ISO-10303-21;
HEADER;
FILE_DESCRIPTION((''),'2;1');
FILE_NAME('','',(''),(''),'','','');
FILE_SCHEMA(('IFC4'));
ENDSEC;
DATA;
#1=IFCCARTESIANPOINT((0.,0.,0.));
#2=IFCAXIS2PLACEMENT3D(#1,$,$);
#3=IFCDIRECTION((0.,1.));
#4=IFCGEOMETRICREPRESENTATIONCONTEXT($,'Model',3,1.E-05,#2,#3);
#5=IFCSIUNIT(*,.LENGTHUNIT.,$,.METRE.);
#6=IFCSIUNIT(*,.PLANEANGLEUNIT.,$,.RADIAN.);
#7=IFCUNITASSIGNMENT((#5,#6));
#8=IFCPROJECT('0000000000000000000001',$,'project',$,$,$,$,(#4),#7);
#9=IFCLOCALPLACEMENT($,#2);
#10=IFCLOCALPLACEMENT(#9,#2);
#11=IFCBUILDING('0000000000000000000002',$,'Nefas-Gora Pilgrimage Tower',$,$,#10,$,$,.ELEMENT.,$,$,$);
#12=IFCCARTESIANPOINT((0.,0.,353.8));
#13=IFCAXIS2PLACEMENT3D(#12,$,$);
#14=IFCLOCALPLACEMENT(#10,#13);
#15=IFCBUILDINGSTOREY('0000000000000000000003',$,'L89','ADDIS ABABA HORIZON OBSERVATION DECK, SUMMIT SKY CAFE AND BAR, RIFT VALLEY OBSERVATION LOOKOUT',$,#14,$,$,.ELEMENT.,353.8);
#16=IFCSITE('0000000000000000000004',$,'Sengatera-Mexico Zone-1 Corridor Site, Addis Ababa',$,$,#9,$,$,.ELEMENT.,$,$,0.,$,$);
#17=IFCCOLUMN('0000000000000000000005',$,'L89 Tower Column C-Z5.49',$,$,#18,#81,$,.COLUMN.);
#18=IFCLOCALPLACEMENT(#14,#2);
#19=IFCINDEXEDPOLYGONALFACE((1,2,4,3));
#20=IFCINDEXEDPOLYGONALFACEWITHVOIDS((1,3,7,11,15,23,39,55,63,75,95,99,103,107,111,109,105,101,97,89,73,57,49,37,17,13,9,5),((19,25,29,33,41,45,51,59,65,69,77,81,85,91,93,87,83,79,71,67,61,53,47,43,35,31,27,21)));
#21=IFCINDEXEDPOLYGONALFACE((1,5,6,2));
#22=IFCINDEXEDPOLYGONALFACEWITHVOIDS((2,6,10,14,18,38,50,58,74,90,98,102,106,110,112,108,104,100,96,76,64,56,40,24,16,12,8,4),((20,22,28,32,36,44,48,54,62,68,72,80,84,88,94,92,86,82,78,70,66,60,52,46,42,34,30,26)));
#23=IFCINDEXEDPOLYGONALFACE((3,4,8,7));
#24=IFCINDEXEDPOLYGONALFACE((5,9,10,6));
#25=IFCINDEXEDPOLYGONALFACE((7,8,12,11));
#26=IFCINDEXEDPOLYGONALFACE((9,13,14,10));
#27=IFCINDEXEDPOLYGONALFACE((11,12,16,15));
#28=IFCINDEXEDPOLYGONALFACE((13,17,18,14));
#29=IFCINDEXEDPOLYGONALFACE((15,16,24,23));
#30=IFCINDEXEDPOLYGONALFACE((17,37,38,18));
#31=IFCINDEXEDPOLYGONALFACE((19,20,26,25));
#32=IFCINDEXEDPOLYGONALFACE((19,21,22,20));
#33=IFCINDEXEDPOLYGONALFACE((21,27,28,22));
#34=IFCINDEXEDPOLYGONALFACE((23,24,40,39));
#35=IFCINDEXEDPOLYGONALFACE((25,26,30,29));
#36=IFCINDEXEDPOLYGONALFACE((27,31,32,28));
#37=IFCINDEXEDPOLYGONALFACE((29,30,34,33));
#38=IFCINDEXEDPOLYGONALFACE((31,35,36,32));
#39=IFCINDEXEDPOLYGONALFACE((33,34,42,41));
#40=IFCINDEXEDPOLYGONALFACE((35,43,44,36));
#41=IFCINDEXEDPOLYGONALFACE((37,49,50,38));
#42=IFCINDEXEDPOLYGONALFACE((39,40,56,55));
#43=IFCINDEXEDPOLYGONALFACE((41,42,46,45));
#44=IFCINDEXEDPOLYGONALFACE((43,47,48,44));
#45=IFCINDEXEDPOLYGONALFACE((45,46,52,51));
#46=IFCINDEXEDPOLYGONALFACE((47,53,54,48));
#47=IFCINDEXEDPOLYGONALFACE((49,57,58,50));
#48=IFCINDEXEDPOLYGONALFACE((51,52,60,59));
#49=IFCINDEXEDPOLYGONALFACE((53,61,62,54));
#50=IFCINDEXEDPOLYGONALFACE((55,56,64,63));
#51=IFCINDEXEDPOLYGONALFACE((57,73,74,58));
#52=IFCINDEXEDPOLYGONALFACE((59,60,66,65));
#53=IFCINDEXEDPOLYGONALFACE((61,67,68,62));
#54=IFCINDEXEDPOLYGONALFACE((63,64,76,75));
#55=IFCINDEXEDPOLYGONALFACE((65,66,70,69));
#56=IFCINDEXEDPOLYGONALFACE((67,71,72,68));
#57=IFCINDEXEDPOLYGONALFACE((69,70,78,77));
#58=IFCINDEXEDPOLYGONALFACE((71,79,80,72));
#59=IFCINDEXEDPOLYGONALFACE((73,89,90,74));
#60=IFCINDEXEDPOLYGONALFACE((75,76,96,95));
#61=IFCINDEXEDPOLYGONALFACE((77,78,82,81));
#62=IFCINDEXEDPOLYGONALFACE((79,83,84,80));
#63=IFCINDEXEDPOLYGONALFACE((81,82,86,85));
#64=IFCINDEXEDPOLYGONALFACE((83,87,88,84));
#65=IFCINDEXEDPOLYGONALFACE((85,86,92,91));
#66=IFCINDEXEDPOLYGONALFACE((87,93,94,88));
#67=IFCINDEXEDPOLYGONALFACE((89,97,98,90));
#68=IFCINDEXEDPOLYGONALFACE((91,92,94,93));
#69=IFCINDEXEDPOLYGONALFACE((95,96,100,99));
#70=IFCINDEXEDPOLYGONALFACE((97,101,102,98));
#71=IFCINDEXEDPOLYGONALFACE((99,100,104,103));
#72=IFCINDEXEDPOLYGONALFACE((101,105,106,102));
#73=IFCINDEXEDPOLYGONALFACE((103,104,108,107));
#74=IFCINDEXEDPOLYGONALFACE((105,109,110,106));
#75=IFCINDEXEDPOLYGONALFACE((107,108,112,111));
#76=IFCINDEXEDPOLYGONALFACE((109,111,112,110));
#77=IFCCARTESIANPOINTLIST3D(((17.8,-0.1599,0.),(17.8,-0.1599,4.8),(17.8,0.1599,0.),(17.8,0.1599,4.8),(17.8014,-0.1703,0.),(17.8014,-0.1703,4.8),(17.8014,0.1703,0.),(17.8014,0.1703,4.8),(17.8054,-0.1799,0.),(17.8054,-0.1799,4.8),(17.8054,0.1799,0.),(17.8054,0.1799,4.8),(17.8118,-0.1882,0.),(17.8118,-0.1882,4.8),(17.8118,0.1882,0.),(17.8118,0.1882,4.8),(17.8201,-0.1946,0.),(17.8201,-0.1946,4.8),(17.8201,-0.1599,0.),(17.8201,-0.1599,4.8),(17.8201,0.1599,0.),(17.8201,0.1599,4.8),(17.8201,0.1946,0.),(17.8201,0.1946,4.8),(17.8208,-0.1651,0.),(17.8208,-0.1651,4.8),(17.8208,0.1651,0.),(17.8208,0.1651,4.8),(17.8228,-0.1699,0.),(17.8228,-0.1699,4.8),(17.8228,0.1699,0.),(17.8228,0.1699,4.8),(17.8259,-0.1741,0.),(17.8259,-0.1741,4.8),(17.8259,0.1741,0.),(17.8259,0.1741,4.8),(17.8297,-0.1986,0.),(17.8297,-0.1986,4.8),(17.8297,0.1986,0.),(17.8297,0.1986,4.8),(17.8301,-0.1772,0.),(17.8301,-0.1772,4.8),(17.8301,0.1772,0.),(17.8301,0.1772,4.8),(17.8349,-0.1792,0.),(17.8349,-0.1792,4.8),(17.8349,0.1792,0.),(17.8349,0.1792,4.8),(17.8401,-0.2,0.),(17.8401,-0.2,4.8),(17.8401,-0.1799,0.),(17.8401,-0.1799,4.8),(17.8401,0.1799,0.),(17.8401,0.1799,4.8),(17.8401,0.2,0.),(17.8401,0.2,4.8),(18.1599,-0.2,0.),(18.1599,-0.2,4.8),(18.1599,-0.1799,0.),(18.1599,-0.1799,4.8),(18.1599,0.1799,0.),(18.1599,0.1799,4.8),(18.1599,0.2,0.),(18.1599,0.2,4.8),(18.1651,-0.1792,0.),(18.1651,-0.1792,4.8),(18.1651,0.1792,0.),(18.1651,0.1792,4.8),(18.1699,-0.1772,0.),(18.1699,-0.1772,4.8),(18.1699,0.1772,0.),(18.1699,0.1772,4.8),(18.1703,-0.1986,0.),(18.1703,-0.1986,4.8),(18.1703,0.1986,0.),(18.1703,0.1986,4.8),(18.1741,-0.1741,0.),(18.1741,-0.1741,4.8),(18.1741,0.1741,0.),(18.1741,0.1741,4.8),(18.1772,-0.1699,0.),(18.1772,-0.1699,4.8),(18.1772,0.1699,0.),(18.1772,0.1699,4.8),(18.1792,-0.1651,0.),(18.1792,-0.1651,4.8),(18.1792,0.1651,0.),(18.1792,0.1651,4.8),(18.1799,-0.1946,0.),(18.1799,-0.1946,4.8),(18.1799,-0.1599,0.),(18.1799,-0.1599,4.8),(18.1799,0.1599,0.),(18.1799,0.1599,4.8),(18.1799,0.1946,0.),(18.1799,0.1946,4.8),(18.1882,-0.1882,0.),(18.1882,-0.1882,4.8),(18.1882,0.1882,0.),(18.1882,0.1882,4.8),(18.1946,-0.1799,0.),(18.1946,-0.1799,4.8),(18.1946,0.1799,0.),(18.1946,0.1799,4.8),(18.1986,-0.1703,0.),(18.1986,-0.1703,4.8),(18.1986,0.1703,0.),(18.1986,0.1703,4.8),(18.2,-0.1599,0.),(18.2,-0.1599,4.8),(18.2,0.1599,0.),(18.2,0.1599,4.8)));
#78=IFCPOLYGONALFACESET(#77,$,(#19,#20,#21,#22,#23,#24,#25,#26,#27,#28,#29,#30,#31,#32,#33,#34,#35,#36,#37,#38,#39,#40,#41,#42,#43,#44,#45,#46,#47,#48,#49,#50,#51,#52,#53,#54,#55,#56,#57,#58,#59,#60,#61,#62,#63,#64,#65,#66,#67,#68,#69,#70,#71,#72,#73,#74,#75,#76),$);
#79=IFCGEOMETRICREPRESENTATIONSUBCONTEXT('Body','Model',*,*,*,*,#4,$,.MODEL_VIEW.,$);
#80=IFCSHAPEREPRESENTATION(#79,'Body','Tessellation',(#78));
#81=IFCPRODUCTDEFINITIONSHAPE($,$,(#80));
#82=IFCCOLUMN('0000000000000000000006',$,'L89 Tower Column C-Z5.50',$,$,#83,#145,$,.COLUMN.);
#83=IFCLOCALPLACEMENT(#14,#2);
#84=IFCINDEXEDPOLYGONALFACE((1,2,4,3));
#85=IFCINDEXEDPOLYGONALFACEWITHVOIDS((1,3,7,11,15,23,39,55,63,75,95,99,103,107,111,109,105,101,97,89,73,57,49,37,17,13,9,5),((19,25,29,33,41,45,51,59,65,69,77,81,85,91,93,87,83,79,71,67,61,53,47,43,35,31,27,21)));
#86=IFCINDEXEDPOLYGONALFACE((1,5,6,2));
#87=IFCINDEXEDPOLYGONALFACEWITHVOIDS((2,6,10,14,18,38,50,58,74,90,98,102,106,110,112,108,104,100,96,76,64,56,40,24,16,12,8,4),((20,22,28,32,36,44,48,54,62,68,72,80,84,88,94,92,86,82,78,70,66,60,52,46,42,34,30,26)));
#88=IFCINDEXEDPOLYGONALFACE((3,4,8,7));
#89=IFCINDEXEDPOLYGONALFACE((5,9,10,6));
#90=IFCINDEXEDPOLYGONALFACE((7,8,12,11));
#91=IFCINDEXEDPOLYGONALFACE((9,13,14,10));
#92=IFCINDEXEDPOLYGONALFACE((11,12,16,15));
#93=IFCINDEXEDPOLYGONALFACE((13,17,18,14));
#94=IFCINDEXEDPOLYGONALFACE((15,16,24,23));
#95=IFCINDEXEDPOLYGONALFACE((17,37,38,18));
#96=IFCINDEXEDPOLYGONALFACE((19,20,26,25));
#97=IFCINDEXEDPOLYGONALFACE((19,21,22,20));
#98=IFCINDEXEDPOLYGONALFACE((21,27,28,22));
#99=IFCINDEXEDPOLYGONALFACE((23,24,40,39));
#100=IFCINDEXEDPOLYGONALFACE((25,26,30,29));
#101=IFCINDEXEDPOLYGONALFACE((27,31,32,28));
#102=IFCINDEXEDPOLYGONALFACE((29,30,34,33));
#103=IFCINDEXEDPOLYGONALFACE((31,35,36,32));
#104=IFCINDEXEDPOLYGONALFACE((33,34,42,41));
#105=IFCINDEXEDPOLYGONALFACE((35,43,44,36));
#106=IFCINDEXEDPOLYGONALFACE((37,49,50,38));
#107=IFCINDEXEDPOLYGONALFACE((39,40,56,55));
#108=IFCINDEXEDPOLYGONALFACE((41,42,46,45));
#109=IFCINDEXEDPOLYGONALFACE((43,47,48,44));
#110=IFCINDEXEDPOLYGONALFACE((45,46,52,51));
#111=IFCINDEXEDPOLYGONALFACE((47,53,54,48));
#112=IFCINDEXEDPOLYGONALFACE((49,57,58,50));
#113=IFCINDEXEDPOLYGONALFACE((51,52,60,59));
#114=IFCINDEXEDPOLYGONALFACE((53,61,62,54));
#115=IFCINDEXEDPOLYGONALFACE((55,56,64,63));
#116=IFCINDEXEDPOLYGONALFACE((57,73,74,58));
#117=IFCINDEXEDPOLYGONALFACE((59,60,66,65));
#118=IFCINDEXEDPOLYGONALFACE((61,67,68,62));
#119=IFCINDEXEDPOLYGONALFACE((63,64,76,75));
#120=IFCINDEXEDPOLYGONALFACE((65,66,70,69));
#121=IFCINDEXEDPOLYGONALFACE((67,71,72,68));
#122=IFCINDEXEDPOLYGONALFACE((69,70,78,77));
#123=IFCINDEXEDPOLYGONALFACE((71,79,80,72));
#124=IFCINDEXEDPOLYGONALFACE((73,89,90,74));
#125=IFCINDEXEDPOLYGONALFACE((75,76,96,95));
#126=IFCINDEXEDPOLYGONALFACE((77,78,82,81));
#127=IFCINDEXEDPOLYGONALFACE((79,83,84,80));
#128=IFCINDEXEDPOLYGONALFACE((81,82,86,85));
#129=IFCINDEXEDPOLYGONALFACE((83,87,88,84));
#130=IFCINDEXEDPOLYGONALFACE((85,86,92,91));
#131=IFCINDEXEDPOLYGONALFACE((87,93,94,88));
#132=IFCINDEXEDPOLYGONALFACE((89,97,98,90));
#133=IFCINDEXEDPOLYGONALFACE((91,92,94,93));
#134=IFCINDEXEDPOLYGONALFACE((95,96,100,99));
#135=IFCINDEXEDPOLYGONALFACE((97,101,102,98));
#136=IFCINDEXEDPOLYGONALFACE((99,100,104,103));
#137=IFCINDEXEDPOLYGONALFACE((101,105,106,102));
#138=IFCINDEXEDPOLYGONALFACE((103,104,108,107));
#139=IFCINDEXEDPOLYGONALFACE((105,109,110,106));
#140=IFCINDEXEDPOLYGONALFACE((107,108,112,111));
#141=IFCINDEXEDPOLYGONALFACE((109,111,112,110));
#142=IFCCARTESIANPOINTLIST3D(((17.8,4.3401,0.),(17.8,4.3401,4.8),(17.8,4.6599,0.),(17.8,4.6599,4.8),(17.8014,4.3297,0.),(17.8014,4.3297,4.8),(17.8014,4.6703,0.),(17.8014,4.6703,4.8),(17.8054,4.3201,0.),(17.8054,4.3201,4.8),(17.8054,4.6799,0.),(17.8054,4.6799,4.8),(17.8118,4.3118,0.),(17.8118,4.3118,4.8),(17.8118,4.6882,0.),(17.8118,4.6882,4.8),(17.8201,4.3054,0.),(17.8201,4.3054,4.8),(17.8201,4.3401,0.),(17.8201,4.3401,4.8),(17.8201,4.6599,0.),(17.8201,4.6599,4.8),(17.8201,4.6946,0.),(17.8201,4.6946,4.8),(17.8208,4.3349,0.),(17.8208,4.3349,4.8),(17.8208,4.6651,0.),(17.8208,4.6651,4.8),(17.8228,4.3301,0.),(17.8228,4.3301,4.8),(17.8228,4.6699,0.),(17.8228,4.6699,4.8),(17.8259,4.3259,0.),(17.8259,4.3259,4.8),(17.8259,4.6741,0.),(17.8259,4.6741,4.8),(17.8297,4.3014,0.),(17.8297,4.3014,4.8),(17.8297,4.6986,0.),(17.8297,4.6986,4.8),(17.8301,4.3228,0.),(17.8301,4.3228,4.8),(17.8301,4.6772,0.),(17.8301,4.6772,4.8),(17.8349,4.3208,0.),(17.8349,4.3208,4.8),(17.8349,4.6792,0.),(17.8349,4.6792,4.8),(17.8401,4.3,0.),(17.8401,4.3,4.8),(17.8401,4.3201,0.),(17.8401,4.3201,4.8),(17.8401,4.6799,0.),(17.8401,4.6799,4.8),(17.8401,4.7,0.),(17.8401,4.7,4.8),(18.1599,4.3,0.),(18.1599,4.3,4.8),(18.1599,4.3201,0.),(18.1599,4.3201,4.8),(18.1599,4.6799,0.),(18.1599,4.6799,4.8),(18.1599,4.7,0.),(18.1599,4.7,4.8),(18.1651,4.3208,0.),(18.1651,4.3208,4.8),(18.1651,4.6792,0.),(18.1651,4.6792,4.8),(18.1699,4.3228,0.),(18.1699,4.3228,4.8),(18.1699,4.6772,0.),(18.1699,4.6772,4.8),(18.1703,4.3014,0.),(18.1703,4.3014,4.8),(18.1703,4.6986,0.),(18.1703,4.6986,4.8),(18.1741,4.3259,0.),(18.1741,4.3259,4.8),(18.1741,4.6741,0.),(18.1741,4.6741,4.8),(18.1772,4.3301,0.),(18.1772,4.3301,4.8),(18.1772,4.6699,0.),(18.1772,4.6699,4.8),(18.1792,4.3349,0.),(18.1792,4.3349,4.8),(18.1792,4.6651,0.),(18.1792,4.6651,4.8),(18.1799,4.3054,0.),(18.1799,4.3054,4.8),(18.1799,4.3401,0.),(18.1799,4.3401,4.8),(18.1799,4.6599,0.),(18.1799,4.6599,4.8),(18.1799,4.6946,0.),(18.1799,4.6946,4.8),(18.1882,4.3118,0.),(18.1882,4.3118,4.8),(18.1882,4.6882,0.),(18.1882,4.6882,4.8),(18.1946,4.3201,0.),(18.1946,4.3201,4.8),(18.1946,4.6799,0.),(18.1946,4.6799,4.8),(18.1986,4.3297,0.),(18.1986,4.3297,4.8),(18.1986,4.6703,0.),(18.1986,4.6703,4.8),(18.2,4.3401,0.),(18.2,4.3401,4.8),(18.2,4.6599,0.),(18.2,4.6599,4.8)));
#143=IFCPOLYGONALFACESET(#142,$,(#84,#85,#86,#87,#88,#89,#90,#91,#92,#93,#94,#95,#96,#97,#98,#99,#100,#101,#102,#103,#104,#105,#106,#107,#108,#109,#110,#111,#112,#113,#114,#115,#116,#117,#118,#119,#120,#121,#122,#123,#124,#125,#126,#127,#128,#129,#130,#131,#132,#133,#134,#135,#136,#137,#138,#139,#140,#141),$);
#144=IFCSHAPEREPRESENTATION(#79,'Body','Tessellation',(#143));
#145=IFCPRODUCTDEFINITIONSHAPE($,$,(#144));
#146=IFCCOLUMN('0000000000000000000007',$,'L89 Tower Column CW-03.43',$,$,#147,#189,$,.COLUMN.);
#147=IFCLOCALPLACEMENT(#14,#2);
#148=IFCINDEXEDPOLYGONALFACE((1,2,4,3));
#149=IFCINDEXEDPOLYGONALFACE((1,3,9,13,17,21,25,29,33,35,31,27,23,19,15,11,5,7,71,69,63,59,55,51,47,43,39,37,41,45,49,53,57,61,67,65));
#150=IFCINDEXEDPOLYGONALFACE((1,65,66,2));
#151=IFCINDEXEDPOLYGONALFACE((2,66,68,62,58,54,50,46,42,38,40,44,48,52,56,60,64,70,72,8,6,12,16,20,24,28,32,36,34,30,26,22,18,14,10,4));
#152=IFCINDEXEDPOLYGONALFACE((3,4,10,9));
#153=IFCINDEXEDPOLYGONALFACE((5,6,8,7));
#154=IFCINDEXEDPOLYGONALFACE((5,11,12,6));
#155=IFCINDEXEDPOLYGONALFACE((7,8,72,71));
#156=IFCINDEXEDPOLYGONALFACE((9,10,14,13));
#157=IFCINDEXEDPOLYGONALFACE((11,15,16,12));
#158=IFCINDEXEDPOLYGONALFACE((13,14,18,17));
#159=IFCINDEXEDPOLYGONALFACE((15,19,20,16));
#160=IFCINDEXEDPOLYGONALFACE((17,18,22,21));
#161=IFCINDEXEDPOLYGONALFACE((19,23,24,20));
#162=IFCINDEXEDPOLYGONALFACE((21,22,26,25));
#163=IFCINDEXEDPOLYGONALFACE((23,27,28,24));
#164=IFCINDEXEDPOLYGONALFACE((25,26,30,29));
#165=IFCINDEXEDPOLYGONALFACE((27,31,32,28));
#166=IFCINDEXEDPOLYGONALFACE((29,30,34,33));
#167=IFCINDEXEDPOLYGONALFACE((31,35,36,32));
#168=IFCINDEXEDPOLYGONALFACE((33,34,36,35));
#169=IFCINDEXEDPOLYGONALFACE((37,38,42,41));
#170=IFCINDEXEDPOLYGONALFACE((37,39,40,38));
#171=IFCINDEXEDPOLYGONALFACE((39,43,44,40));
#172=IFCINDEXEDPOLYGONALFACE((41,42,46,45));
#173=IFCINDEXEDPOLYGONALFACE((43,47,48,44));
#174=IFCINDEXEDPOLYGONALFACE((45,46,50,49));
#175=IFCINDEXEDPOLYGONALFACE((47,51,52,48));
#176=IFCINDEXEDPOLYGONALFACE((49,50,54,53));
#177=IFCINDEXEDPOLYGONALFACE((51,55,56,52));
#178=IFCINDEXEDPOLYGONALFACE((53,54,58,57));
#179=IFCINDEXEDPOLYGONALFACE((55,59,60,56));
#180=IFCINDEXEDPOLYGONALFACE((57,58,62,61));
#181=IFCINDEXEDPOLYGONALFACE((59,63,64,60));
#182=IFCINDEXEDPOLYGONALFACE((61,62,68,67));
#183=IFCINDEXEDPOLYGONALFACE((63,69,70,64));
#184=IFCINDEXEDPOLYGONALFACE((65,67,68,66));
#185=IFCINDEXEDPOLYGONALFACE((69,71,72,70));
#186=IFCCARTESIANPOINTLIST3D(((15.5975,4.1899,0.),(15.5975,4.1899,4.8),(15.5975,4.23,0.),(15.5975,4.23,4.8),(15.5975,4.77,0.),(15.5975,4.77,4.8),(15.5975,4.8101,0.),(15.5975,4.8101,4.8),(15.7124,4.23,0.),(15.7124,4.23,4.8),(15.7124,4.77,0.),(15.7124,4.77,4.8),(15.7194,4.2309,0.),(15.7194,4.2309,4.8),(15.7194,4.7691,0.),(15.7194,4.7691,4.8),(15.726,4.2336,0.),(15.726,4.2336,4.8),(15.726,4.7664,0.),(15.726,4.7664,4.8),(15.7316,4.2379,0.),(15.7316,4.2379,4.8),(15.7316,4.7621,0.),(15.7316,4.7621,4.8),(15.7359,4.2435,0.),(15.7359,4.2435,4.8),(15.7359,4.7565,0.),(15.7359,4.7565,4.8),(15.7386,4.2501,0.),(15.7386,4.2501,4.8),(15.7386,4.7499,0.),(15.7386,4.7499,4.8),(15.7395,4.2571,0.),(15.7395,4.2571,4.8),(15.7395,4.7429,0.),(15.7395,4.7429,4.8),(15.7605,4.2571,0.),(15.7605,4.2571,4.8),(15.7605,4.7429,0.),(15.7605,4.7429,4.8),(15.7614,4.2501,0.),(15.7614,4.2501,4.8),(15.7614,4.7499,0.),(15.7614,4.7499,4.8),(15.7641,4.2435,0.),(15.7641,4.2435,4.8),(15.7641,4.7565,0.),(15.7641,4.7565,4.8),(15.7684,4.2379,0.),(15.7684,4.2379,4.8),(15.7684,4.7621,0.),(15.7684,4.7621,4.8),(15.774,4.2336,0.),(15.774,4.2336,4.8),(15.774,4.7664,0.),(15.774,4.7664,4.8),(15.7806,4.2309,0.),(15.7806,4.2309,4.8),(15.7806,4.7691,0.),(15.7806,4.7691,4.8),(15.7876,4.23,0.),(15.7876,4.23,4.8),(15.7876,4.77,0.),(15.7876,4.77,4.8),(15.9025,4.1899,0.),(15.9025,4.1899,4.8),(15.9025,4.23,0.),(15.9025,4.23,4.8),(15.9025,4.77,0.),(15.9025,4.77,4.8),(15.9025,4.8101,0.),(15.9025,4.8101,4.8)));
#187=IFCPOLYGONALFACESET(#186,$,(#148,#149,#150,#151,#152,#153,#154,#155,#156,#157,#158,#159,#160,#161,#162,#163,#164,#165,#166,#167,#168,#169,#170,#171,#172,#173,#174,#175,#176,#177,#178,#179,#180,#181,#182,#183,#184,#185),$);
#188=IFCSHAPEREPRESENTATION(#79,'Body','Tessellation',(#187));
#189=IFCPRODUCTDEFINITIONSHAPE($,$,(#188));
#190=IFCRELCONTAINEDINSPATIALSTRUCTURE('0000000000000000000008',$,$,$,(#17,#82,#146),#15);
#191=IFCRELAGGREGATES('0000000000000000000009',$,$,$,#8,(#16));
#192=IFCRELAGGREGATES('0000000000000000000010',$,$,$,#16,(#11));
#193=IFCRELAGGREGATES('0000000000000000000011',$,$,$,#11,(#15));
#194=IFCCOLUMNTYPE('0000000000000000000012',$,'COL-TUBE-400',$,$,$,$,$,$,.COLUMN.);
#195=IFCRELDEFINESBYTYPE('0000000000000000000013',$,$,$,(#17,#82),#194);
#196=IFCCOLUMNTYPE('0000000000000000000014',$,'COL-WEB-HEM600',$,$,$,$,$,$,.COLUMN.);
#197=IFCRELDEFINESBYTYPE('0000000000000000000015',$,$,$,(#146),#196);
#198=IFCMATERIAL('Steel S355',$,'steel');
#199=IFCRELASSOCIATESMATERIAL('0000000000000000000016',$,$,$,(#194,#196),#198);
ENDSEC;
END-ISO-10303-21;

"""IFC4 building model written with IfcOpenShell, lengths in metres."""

from ifc_helpers import new_model, si_unit, direction, frame, origin, origin_2d, place, context, subcontext, project, spatial, hollow_rectangle, i_section, extrude, source, transform, mapped, material, material_profile, profile_set, type_object, element, save


model = new_model("IFC4")

# Units and contexts
model_context = context("Model", 3, precision=1e-05, world=origin(), true_north=direction((0.0, 1.0)))
body_context = subcontext(model_context, "Body", "Model", "MODEL_VIEW")
ifc_project = project(units=[si_unit("LENGTHUNIT", "METRE"), si_unit("PLANEANGLEUNIT", "RADIAN")], contexts=[model_context])

# Site, building, storey
site_placement = place(None, origin())
site = spatial("IfcSite", under=ifc_project, at=site_placement, Name="Sengatera-Mexico Zone-1 Corridor Site, Addis Ababa", CompositionType="ELEMENT", RefElevation=0.0)
building_placement = place(site_placement, origin())
building = spatial("IfcBuilding", under=site, at=building_placement, Name="Nefas-Gora Pilgrimage Tower", CompositionType="ELEMENT")
storey_placement = place(building_placement, frame((0.0, 0.0, 353.8)))
storey = spatial("IfcBuildingStorey", under=building, at=storey_placement, Name="L89", Description="ADDIS ABABA HORIZON OBSERVATION DECK, SUMMIT SKY CAFE AND BAR, RIFT VALLEY OBSERVATION LOOKOUT", CompositionType="ELEMENT", Elevation=353.8)

# Columns
ifc_material_1 = material(Name="Steel S355", Category="steel")
ifc_material_profile_1 = material_profile(ifc_material_1, hollow_rectangle(XDim=0.3999, YDim=0.3999, WallThickness=0.02, InnerFilletRadius=0.02, OuterFilletRadius=0.04, at=origin_2d()), Name="SHS 400x400x20")
ifc_profile_set_1 = profile_set([ifc_material_profile_1], Name="Steel S355")
column_type_1 = type_object("IfcColumnType", Name="COL-TUBE-400", PredefinedType="COLUMN", material=ifc_profile_set_1)
shared_shape_1 = source(origin(), body_context, "Body", "SweptSolid", [
    extrude(hollow_rectangle(XDim=0.3999, YDim=0.3999, WallThickness=0.02, InnerFilletRadius=0.02, OuterFilletRadius=0.04, at=origin_2d()), origin(), (0.0, 0.0, 1.0), 4.8),
])
for number, where, z_axis, x_axis, name in (
    (1, (18.0, 0.0, 0.0), (0.0, 0.0, 1.0), (1.0, 0.0, 0.0), "L89 Tower Column C-Z5.49"),
    (2, (18.0, 4.5, 0.0), (0.0, 0.0, 1.0), (1.0, 0.0, 0.0), "L89 Tower Column C-Z5.50"),
):
    element("IfcColumn", number, at=place(storey_placement, frame(where, z_axis=z_axis, x_axis=x_axis)), inside=storey, type_object=column_type_1, Name=name, PredefinedType="COLUMN", context=body_context, shape_type="MappedRepresentation", body=[
        mapped(shared_shape_1, transform((0.0, 0.0, 0.0), x_axis=(1.0, 0.0, 0.0), y_axis=(0.0, 1.0, 0.0), z_axis=(0.0, 0.0, 1.0), scale=1.0)),
    ])
ifc_material_profile_2 = material_profile(ifc_material_1, i_section(OverallWidth=0.3049, OverallDepth=0.6201, WebThickness=0.021, FlangeThickness=0.04, FilletRadius=0.0271, at=origin_2d()), Name="HEM 600")
ifc_profile_set_2 = profile_set([ifc_material_profile_2], Name="Steel S355")
column_type_2 = type_object("IfcColumnType", Name="COL-WEB-HEM600", PredefinedType="COLUMN", material=ifc_profile_set_2)
shared_shape_2 = source(origin(), body_context, "Body", "SweptSolid", [
    extrude(i_section(OverallWidth=0.3049, OverallDepth=0.6201, WebThickness=0.021, FlangeThickness=0.04, FilletRadius=0.0271, at=origin_2d()), origin(), (0.0, 0.0, 1.0), 4.8),
])
column_placement = place(storey_placement, frame((15.75, 4.5, 0.0), z_axis=(0.0, 0.0, 1.0), x_axis=(1.0, 0.0, 0.0)))
element("IfcColumn", 3, at=column_placement, inside=storey, type_object=column_type_2, Name="L89 Tower Column CW-03.43", PredefinedType="COLUMN", context=body_context, shape_type="MappedRepresentation", body=[
    mapped(shared_shape_2, transform((0.0, 0.0, 0.0), x_axis=(1.0, 0.0, 0.0), y_axis=(0.0, 1.0, 0.0), z_axis=(0.0, 0.0, 1.0), scale=1.0)),
])

save(model, "model.ifc")
